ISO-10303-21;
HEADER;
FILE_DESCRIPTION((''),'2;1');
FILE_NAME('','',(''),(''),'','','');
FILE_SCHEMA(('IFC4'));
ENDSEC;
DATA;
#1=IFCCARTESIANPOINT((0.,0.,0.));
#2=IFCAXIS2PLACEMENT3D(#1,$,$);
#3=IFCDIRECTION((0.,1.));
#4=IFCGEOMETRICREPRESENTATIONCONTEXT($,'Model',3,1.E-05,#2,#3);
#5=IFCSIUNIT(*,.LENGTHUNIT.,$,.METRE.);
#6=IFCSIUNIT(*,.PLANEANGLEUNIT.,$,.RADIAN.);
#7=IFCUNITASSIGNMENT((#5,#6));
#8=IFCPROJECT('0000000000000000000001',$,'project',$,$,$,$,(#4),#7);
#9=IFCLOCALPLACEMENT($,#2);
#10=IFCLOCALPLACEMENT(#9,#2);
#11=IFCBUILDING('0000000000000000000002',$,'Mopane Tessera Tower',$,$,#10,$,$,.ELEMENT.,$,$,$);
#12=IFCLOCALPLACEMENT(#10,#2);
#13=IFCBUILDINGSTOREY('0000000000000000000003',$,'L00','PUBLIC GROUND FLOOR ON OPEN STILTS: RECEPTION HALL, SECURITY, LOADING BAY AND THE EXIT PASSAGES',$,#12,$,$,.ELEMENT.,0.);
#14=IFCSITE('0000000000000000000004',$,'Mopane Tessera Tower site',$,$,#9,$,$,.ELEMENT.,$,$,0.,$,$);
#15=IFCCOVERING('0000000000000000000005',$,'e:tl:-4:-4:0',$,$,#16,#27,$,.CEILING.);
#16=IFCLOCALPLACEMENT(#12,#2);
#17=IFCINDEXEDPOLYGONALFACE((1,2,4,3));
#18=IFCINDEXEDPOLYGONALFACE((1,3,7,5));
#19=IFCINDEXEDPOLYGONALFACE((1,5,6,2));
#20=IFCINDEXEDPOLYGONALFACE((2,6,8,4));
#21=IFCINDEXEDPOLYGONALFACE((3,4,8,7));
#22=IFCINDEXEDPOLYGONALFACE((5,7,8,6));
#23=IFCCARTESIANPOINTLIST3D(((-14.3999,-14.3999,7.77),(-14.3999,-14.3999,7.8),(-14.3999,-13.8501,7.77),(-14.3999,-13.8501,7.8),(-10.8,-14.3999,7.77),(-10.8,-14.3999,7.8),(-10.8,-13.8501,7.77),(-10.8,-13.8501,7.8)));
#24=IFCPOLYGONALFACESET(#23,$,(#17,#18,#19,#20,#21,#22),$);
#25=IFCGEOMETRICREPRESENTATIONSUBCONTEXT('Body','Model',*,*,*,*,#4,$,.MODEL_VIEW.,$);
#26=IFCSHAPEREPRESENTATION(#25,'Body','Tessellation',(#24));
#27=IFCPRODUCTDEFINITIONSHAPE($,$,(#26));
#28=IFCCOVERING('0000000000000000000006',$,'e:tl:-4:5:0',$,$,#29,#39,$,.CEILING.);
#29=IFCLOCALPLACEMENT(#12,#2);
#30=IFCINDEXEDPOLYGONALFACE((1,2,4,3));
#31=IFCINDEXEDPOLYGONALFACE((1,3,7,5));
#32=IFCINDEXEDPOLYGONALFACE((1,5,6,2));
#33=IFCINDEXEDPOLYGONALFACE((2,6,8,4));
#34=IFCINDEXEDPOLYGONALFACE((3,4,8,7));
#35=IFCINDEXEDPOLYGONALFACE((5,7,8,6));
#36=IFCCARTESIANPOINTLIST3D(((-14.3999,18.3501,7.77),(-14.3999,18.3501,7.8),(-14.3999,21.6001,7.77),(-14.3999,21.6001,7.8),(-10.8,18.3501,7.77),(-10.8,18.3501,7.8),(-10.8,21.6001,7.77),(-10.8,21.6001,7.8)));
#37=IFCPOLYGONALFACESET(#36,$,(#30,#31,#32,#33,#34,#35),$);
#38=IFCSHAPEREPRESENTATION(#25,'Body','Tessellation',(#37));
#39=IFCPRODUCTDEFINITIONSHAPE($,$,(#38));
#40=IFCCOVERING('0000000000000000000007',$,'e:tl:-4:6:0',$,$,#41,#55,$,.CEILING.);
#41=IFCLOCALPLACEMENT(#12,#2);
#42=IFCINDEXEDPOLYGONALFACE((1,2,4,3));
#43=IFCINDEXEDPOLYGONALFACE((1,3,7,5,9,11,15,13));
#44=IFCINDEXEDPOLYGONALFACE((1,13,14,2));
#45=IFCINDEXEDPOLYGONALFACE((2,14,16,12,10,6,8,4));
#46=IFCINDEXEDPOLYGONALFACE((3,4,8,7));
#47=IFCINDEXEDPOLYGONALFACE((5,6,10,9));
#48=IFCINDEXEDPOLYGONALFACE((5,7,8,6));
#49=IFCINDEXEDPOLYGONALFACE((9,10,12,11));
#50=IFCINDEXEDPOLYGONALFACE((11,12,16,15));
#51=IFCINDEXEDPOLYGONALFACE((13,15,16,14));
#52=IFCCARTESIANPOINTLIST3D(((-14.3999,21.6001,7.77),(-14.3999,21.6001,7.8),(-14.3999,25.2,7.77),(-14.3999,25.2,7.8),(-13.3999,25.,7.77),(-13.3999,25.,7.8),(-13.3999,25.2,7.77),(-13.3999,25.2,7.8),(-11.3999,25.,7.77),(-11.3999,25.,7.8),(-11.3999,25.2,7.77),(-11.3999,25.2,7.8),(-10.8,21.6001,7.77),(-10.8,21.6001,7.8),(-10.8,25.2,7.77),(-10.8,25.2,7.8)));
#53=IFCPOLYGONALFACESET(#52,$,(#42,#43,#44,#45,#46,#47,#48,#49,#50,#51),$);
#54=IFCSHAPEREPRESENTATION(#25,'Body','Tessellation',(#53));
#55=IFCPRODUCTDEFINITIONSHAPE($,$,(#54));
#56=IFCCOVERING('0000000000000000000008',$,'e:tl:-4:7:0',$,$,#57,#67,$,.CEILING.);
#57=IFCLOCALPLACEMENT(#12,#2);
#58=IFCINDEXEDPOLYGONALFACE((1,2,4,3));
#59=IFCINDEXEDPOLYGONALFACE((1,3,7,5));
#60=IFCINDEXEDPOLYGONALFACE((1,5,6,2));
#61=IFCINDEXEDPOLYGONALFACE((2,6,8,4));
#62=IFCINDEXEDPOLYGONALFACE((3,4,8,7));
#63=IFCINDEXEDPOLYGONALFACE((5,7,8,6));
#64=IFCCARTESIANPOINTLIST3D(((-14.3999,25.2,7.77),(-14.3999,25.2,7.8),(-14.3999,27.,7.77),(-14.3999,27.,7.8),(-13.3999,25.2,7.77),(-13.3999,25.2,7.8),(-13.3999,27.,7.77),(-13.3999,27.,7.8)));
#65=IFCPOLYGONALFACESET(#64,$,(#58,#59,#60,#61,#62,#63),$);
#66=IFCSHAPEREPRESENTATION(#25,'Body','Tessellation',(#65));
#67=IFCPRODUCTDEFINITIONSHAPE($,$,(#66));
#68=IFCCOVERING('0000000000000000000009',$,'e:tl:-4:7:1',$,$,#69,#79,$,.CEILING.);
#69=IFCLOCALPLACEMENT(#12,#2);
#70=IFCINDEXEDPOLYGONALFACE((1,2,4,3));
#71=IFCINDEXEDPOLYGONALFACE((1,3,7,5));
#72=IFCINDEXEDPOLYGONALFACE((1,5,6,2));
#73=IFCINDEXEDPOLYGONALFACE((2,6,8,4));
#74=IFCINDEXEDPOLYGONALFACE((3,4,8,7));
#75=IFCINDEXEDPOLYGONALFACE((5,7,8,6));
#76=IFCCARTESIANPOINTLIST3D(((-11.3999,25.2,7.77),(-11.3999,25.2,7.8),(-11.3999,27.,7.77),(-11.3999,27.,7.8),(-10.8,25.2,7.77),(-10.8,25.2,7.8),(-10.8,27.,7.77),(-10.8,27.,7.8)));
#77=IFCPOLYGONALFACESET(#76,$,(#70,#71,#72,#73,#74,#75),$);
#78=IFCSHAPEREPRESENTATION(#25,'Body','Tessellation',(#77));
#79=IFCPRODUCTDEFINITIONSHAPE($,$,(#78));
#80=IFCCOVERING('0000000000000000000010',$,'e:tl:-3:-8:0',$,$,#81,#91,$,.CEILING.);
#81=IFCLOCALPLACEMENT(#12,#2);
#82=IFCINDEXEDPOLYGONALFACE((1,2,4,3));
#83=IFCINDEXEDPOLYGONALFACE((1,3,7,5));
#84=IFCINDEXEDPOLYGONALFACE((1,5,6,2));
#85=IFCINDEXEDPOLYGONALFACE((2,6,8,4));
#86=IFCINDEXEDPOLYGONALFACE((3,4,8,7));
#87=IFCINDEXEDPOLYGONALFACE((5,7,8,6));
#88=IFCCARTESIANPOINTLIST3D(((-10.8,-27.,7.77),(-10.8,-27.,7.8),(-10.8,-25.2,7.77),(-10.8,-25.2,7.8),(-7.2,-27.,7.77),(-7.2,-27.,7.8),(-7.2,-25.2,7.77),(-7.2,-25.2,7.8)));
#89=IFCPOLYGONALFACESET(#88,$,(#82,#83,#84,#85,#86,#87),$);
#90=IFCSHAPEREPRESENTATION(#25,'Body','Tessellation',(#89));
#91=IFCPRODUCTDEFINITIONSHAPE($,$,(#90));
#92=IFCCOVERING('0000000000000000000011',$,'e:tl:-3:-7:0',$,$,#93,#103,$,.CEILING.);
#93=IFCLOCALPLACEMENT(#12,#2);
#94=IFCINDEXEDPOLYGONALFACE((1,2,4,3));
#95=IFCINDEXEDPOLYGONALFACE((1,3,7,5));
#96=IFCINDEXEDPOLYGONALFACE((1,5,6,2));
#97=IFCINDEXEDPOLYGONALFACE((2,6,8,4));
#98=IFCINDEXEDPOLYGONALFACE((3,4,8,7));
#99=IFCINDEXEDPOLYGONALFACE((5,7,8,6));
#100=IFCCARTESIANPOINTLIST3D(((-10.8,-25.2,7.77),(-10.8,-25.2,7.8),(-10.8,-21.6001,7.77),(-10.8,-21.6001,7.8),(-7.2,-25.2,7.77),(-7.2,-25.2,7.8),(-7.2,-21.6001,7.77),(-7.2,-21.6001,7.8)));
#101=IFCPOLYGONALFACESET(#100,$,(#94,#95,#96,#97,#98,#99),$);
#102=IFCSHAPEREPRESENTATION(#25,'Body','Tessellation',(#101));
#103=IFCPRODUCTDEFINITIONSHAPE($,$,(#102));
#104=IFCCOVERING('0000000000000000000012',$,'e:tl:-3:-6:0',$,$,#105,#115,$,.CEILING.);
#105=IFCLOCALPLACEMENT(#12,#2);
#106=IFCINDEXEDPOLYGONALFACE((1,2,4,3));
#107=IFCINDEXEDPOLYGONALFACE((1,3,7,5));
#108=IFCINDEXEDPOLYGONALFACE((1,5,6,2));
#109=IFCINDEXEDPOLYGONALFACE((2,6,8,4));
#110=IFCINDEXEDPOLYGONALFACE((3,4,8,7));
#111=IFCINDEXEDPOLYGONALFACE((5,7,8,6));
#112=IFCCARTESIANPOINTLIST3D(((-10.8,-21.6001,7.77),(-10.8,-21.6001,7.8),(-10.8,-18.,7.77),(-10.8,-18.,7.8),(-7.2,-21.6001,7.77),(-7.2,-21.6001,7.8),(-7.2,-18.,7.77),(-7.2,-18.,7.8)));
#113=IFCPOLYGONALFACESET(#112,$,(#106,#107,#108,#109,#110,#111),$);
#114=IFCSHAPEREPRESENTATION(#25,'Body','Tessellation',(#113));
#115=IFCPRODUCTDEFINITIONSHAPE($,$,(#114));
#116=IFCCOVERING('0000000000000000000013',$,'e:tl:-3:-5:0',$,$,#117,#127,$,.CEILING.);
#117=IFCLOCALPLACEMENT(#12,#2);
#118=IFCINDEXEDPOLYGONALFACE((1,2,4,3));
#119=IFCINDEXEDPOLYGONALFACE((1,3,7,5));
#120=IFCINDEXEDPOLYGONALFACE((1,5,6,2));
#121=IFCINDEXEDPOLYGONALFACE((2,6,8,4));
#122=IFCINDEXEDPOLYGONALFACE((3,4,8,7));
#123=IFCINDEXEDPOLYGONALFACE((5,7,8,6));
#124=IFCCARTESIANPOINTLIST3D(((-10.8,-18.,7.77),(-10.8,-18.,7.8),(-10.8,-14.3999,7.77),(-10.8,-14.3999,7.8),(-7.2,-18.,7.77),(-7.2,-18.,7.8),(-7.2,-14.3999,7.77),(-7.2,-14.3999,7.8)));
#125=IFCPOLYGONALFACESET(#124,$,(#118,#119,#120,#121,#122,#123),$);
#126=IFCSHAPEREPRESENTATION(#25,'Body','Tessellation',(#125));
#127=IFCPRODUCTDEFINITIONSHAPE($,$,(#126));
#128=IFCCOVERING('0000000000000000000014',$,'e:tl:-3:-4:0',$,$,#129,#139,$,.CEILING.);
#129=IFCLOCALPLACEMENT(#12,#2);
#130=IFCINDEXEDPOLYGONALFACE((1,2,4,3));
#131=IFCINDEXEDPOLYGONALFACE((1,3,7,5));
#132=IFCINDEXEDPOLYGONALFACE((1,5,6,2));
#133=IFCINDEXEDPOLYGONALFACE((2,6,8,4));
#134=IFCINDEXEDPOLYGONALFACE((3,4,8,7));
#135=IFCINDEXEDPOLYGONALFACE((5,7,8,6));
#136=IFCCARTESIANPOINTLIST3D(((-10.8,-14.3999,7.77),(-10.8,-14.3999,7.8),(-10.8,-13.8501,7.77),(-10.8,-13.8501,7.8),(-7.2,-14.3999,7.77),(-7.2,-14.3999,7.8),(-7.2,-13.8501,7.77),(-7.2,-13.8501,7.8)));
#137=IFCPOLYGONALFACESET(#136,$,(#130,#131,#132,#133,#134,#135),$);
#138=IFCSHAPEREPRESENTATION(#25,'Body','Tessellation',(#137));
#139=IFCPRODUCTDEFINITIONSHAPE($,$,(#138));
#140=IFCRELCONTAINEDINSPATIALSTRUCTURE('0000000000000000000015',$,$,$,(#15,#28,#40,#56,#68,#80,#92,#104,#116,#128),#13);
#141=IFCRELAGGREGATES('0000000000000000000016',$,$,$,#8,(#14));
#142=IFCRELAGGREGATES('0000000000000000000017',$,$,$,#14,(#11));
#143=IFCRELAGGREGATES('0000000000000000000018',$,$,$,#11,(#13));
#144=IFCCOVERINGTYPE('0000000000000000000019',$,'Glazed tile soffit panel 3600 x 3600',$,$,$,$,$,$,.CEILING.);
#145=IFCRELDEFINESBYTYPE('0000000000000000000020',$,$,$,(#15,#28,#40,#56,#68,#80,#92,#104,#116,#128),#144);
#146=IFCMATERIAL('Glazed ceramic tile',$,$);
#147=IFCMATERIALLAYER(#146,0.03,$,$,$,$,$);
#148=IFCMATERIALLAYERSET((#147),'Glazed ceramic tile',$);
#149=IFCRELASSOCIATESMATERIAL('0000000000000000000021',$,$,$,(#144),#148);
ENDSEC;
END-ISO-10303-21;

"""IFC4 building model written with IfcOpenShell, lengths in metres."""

from ifc_helpers import new_model, si_unit, direction, frame, origin, place, context, subcontext, project, spatial, polyline, outline, extrude, material, layer, layer_set, type_object, element, save


model = new_model("IFC4")

# Units and contexts
model_context = context("Model", 3, precision=1e-05, world=origin(), true_north=direction((0.0, 1.0)))
body_context = subcontext(model_context, "Body", "Model", "MODEL_VIEW")
ifc_project = project(units=[si_unit("LENGTHUNIT", "METRE"), si_unit("PLANEANGLEUNIT", "RADIAN")], contexts=[model_context])

# Site, building, storey
site_placement = place(None, origin())
site = spatial("IfcSite", under=ifc_project, at=site_placement, Name="Mopane Tessera Tower site", CompositionType="ELEMENT", RefElevation=0.0)
building_placement = place(site_placement, origin())
building = spatial("IfcBuilding", under=site, at=building_placement, Name="Mopane Tessera Tower", CompositionType="ELEMENT")
storey_placement = place(building_placement, origin())
storey = spatial("IfcBuildingStorey", under=building, at=storey_placement, Name="L00", Description="PUBLIC GROUND FLOOR ON OPEN STILTS: RECEPTION HALL, SECURITY, LOADING BAY AND THE EXIT PASSAGES", CompositionType="ELEMENT", Elevation=0.0)

# Coverings
ifc_material = material(Name="Glazed ceramic tile")
ifc_layer = layer(ifc_material, 0.03)
ifc_layer_set = layer_set([ifc_layer], Name="Glazed ceramic tile")
covering_type = type_object("IfcCoveringType", Name="Glazed tile soffit panel 3600 x 3600", PredefinedType="CEILING", material=ifc_layer_set)
covering_1_placement = place(storey_placement, frame((0.0, 0.0, 7.77)))
element("IfcCovering", 1, at=covering_1_placement, inside=storey, type_object=covering_type, Name="e:tl:-4:-4:0", PredefinedType="CEILING", context=body_context, shape_type="SweptSolid", body=[
    extrude(outline(polyline([(-10.8, -13.8501), (-10.8, -14.3999), (-14.3999, -14.3999), (-14.3999, -13.8501), (-10.8, -13.8501)])), origin(), (0.0, 0.0, 1.0), 0.03),
])
covering_2_placement = place(storey_placement, frame((0.0, 0.0, 7.77)))
element("IfcCovering", 2, at=covering_2_placement, inside=storey, type_object=covering_type, Name="e:tl:-4:5:0", PredefinedType="CEILING", context=body_context, shape_type="SweptSolid", body=[
    extrude(outline(polyline([(-14.3999, 18.3501), (-14.3999, 21.6001), (-10.8, 21.6001), (-10.8, 18.3501), (-14.3999, 18.3501)])), origin(), (0.0, 0.0, 1.0), 0.03),
])
covering_3_placement = place(storey_placement, frame((0.0, 0.0, 7.77)))
element("IfcCovering", 3, at=covering_3_placement, inside=storey, type_object=covering_type, Name="e:tl:-4:6:0", PredefinedType="CEILING", context=body_context, shape_type="SweptSolid", body=[
    extrude(outline(polyline([(-13.3999, 25.0), (-11.3999, 25.0), (-11.3999, 25.2), (-10.8, 25.2), (-10.8, 21.6001), (-14.3999, 21.6001), (-14.3999, 25.2), (-13.3999, 25.2), (-13.3999, 25.0)])), origin(), (0.0, 0.0, 1.0), 0.03),
])
covering_4_placement = place(storey_placement, frame((0.0, 0.0, 7.77)))
element("IfcCovering", 4, at=covering_4_placement, inside=storey, type_object=covering_type, Name="e:tl:-4:7:0", PredefinedType="CEILING", context=body_context, shape_type="SweptSolid", body=[
    extrude(outline(polyline([(-13.3999, 27.0), (-13.3999, 25.2), (-14.3999, 25.2), (-14.3999, 27.0), (-13.3999, 27.0)])), origin(), (0.0, 0.0, 1.0), 0.03),
])
covering_5_placement = place(storey_placement, frame((0.0, 0.0, 7.77)))
element("IfcCovering", 5, at=covering_5_placement, inside=storey, type_object=covering_type, Name="e:tl:-4:7:1", PredefinedType="CEILING", context=body_context, shape_type="SweptSolid", body=[
    extrude(outline(polyline([(-11.3999, 27.0), (-10.8, 27.0), (-10.8, 25.2), (-11.3999, 25.2), (-11.3999, 27.0)])), origin(), (0.0, 0.0, 1.0), 0.03),
])
covering_6_placement = place(storey_placement, frame((0.0, 0.0, 7.77)))
element("IfcCovering", 6, at=covering_6_placement, inside=storey, type_object=covering_type, Name="e:tl:-3:-8:0", PredefinedType="CEILING", context=body_context, shape_type="SweptSolid", body=[
    extrude(outline(polyline([(-10.8, -27.0), (-10.8, -25.2), (-7.2, -25.2), (-7.2, -27.0), (-10.8, -27.0)])), origin(), (0.0, 0.0, 1.0), 0.03),
])
covering_7_placement = place(storey_placement, frame((0.0, 0.0, 7.77)))
element("IfcCovering", 7, at=covering_7_placement, inside=storey, type_object=covering_type, Name="e:tl:-3:-7:0", PredefinedType="CEILING", context=body_context, shape_type="SweptSolid", body=[
    extrude(outline(polyline([(-10.8, -25.2), (-10.8, -21.6001), (-7.2, -21.6001), (-7.2, -25.2), (-10.8, -25.2)])), origin(), (0.0, 0.0, 1.0), 0.03),
])
covering_8_placement = place(storey_placement, frame((0.0, 0.0, 7.77)))
element("IfcCovering", 8, at=covering_8_placement, inside=storey, type_object=covering_type, Name="e:tl:-3:-6:0", PredefinedType="CEILING", context=body_context, shape_type="SweptSolid", body=[
    extrude(outline(polyline([(-10.8, -21.6001), (-10.8, -18.0), (-7.2, -18.0), (-7.2, -21.6001), (-10.8, -21.6001)])), origin(), (0.0, 0.0, 1.0), 0.03),
])
covering_9_placement = place(storey_placement, frame((0.0, 0.0, 7.77)))
element("IfcCovering", 9, at=covering_9_placement, inside=storey, type_object=covering_type, Name="e:tl:-3:-5:0", PredefinedType="CEILING", context=body_context, shape_type="SweptSolid", body=[
    extrude(outline(polyline([(-10.8, -18.0), (-10.8, -14.3999), (-7.2, -14.3999), (-7.2, -18.0), (-10.8, -18.0)])), origin(), (0.0, 0.0, 1.0), 0.03),
])
covering_10_placement = place(storey_placement, frame((0.0, 0.0, 7.77)))
element("IfcCovering", 10, at=covering_10_placement, inside=storey, type_object=covering_type, Name="e:tl:-3:-4:0", PredefinedType="CEILING", context=body_context, shape_type="SweptSolid", body=[
    extrude(outline(polyline([(-7.2, -13.8501), (-7.2, -14.3999), (-10.8, -14.3999), (-10.8, -13.8501), (-7.2, -13.8501)])), origin(), (0.0, 0.0, 1.0), 0.03),
])

save(model, "model.ifc")
